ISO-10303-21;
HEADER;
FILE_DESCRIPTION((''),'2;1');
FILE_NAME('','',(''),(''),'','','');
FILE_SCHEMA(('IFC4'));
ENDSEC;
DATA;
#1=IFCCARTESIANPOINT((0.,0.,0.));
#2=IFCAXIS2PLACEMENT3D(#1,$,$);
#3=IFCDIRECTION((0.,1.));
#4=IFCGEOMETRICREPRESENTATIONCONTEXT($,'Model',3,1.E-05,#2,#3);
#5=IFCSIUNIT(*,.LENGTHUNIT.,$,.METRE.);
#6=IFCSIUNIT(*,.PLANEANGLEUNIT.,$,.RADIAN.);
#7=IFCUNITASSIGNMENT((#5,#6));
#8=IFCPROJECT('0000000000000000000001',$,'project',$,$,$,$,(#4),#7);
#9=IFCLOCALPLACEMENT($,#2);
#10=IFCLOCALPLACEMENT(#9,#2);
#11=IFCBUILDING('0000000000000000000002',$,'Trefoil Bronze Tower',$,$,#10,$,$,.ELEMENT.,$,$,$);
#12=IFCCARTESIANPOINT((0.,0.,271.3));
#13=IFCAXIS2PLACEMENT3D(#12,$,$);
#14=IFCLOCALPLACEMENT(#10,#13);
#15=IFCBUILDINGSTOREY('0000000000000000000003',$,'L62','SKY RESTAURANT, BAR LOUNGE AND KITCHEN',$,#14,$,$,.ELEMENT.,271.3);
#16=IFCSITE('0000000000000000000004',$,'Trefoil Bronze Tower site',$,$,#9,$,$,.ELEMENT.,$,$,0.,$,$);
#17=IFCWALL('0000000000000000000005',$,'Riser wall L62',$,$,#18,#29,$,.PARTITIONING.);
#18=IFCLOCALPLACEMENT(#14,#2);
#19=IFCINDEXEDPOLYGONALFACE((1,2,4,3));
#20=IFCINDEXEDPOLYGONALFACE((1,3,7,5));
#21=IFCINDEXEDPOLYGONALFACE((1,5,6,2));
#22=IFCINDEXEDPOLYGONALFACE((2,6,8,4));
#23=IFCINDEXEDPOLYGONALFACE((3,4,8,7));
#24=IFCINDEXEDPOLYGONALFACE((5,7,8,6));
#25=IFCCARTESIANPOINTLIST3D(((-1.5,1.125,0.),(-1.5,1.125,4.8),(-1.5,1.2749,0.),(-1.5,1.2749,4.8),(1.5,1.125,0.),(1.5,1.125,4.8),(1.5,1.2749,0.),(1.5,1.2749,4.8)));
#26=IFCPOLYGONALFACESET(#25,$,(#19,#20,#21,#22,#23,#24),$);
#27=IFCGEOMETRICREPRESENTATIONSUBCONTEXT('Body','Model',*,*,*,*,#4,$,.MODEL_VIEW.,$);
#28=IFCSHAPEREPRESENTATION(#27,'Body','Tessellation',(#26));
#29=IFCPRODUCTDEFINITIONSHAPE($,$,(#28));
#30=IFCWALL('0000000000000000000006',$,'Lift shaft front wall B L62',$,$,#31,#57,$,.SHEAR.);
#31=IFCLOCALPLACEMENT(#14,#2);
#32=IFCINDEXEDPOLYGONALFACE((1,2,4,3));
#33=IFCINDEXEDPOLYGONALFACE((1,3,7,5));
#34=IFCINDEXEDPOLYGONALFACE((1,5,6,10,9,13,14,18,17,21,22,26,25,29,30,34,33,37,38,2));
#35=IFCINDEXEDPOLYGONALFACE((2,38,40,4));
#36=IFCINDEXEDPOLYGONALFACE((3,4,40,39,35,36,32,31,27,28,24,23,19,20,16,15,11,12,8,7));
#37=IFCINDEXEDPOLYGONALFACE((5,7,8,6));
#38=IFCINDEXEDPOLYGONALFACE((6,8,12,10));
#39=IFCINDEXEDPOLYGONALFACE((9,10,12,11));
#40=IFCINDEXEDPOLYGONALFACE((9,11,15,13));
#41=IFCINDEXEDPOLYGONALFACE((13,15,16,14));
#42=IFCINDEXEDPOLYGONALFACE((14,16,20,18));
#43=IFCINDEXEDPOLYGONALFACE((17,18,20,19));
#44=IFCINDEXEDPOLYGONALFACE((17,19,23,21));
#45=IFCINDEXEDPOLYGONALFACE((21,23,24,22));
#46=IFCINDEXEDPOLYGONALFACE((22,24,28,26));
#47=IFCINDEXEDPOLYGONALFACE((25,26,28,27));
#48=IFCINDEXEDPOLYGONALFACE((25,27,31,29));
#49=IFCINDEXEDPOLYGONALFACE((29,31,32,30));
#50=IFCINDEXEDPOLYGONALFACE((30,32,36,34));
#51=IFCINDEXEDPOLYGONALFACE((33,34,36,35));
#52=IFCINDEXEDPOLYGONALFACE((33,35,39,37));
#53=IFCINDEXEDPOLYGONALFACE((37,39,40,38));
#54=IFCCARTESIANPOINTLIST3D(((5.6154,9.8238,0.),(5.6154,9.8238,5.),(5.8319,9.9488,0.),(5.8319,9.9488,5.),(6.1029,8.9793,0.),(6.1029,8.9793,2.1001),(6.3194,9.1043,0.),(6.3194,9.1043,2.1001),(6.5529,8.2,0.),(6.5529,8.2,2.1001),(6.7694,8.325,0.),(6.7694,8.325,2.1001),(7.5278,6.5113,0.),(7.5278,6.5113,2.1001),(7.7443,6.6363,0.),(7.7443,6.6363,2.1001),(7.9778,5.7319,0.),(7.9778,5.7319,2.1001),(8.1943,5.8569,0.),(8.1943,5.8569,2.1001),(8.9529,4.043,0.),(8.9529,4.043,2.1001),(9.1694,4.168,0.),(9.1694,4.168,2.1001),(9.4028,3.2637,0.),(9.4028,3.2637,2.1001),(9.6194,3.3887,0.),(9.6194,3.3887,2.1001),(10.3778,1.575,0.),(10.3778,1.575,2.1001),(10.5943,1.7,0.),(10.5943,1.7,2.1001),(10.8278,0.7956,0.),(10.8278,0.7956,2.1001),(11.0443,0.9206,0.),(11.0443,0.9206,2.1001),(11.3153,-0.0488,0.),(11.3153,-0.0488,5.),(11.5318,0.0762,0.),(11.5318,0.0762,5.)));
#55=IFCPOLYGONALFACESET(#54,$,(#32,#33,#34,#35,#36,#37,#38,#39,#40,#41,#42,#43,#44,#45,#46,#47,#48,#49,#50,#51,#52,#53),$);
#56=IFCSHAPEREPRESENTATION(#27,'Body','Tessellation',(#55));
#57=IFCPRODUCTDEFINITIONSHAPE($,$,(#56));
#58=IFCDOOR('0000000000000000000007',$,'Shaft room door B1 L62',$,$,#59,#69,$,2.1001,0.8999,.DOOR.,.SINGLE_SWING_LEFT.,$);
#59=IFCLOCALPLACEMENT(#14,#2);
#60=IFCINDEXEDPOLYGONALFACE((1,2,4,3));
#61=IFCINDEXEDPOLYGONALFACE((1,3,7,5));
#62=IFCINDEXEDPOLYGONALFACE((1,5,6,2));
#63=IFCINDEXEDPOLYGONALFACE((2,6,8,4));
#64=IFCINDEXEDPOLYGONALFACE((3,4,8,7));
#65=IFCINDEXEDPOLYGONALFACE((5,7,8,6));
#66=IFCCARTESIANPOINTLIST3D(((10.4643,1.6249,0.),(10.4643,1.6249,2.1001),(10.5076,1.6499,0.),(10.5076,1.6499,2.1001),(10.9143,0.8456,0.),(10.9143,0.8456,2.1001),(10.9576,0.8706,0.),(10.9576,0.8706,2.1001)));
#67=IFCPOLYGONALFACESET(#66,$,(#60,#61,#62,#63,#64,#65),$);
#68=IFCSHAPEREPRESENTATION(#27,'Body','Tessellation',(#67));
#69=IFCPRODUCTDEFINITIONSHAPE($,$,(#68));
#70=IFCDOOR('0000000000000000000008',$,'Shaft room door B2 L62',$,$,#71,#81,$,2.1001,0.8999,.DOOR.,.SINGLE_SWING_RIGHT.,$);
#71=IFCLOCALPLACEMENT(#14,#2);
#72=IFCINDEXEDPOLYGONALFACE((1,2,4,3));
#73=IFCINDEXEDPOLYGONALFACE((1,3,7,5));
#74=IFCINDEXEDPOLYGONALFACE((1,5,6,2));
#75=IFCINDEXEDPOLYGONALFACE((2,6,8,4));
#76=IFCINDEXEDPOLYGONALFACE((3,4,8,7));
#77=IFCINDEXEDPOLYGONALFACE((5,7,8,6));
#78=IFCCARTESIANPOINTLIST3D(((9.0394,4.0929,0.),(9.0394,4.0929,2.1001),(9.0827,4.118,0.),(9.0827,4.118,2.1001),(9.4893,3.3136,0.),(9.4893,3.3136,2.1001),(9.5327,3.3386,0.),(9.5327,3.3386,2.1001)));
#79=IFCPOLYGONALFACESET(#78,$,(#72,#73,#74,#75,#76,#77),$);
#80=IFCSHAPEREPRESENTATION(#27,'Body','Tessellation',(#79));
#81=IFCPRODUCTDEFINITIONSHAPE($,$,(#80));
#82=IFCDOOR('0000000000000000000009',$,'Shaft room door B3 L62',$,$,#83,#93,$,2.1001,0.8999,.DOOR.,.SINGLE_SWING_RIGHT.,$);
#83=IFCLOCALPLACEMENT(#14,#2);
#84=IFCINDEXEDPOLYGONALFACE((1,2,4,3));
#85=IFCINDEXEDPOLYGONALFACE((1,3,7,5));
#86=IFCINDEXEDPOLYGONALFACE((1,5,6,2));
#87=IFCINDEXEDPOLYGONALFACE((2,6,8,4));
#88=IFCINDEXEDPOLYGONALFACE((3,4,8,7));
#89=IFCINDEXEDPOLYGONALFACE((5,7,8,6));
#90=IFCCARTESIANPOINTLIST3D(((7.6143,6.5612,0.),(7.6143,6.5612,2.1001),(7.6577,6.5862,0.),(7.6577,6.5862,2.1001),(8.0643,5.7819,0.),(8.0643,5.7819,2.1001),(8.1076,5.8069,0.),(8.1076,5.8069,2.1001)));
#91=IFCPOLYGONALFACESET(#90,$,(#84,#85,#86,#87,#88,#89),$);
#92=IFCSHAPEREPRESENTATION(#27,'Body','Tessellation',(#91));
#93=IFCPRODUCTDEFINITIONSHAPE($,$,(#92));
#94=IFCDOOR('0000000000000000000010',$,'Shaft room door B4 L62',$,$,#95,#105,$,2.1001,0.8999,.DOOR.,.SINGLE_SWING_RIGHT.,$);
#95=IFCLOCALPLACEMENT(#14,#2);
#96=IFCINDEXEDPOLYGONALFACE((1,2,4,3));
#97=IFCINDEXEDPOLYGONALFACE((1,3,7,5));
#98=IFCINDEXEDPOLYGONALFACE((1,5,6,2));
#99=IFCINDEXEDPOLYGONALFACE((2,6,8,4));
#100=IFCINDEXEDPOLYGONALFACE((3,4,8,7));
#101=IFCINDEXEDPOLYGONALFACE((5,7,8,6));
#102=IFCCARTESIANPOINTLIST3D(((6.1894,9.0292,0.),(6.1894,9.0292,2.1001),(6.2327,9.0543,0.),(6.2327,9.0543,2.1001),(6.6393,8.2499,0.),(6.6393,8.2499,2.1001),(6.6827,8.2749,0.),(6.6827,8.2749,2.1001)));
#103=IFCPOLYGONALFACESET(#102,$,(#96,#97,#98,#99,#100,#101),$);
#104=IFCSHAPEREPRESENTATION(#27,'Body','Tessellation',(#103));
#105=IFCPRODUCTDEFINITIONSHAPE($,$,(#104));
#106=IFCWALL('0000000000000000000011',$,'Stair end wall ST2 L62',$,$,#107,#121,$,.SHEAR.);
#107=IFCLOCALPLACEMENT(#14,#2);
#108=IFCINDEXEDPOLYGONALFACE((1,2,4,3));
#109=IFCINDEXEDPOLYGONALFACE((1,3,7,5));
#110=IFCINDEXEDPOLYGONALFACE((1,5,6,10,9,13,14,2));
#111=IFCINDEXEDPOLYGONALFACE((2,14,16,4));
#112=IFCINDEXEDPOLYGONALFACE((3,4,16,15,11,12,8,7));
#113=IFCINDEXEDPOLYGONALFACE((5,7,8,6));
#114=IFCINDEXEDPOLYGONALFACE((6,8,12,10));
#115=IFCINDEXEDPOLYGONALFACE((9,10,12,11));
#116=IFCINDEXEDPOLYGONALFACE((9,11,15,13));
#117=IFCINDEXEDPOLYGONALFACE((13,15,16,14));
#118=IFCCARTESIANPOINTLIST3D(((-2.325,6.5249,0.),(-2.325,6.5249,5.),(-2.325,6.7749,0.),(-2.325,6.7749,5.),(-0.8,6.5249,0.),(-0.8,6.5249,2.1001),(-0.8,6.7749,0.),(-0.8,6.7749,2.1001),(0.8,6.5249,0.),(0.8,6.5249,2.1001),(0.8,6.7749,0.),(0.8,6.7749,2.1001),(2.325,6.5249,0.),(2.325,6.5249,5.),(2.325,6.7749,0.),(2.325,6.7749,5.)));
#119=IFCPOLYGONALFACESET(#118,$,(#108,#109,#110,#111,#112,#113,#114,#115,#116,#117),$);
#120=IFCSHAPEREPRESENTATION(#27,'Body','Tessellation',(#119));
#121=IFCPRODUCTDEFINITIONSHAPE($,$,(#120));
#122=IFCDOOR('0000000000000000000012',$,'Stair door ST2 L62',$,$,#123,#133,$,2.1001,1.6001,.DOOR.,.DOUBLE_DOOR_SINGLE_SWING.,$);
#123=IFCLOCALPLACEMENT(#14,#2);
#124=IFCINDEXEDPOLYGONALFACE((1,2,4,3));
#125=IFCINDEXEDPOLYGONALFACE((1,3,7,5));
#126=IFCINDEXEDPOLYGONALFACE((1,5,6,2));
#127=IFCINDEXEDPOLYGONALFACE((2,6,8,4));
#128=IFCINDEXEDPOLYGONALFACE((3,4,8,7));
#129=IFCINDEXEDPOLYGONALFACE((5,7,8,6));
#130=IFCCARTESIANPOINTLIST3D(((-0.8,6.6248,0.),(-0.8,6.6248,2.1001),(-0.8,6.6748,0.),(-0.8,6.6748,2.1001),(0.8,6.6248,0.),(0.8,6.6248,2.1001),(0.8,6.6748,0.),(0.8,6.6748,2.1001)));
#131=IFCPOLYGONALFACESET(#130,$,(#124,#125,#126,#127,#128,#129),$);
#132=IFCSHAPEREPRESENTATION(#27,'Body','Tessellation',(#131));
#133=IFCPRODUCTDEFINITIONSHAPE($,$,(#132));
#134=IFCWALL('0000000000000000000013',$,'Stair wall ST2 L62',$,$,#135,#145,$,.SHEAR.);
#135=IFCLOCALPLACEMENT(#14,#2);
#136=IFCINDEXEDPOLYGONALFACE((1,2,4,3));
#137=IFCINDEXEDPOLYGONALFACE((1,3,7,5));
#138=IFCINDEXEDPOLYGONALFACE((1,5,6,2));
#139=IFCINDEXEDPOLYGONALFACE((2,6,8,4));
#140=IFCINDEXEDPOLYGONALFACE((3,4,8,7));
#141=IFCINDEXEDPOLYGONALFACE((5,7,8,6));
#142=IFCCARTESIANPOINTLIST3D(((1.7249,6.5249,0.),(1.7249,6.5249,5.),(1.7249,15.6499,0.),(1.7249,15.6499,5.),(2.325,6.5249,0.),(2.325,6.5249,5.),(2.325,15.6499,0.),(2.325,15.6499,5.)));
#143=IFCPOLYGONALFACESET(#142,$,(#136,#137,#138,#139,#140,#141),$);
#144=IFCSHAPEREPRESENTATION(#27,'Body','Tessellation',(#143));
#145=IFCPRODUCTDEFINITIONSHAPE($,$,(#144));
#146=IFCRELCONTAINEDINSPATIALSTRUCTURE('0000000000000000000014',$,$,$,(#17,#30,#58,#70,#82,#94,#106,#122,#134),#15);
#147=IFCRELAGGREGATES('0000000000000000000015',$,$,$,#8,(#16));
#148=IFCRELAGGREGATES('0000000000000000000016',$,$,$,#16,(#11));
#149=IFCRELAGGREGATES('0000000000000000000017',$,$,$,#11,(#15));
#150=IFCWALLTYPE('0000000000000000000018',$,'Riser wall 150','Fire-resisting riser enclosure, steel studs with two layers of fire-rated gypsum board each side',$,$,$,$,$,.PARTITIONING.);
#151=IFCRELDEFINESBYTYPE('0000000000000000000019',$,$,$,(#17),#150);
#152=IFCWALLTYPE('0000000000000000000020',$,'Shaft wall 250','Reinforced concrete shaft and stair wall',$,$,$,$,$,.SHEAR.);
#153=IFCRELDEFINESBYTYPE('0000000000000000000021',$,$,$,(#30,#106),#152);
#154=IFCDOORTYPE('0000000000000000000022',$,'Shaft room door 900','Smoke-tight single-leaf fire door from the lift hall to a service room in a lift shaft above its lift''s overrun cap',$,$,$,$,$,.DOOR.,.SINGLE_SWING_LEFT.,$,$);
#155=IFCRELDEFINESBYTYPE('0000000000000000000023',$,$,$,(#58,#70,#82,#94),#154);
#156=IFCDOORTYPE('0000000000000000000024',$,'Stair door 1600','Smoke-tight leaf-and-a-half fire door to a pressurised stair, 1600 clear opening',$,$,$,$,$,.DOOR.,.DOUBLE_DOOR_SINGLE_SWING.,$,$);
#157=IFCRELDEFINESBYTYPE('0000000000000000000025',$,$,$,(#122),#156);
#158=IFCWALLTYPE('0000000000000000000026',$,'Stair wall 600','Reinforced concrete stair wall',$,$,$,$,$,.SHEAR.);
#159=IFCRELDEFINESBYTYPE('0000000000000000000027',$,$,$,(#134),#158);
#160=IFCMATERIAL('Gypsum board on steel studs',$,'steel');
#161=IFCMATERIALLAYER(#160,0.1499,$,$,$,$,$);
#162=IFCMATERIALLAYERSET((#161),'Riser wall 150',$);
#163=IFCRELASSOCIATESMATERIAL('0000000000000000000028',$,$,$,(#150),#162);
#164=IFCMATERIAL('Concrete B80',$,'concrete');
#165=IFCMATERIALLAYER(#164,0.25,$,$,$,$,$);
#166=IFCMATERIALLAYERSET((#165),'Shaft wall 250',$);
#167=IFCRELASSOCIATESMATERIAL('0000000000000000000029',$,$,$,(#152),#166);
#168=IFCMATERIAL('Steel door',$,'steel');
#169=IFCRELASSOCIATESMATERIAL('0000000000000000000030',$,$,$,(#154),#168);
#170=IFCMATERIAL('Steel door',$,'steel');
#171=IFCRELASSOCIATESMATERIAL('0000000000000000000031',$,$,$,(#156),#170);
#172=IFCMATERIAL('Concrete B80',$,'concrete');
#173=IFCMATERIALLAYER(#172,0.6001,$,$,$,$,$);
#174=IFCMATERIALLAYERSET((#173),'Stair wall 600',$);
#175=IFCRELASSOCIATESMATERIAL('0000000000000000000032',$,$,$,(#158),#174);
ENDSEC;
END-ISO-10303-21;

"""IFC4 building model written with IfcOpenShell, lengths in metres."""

from ifc_helpers import new_model, si_unit, direction, frame, frame_2d, origin, place, context, subcontext, project, spatial, rectangle, extrude, material, layer, layer_set, type_object, element, fill, save


model = new_model("IFC4")

# Units and contexts
model_context = context("Model", 3, precision=1e-05, world=origin(), true_north=direction((0.0, 1.0)))
body_context = subcontext(model_context, "Body", "Model", "MODEL_VIEW")
ifc_project = project(units=[si_unit("LENGTHUNIT", "METRE"), si_unit("PLANEANGLEUNIT", "RADIAN")], contexts=[model_context])

# Site, building, storey
site_placement = place(None, origin())
site = spatial("IfcSite", under=ifc_project, at=site_placement, Name="Trefoil Bronze Tower site", CompositionType="ELEMENT", RefElevation=0.0)
building_placement = place(site_placement, origin())
building = spatial("IfcBuilding", under=site, at=building_placement, Name="Trefoil Bronze Tower", CompositionType="ELEMENT")
storey_placement = place(building_placement, frame((0.0, 0.0, 271.3)))
storey = spatial("IfcBuildingStorey", under=building, at=storey_placement, Name="L62", Description="SKY RESTAURANT, BAR LOUNGE AND KITCHEN", CompositionType="ELEMENT", Elevation=271.3)

# Wall
ifc_material_1 = material(Name="Gypsum board on steel studs", Category="steel")
ifc_layer_1 = layer(ifc_material_1, 0.1499)
ifc_layer_set_1 = layer_set([ifc_layer_1], Name="Riser wall 150")
wall_type_1 = type_object("IfcWallType", Name="Riser wall 150", Description="Fire-resisting riser enclosure, steel studs with two layers of fire-rated gypsum board each side", PredefinedType="PARTITIONING", material=ifc_layer_set_1)
wall_1_placement = place(storey_placement, frame((1.5, 1.2, 0.0), z_axis=(0.0, 0.0, 1.0), x_axis=(-1.0, 0.0, 0.0)))
element("IfcWall", 1, at=wall_1_placement, inside=storey, type_object=wall_type_1, Name="Riser wall L62", PredefinedType="PARTITIONING", context=body_context, shape_type="SweptSolid", body=[
    extrude(rectangle(XDim=3.0, YDim=0.1499, at=frame_2d((1.5, 0.0))), origin(), (0.0, 0.0, 1.0), 4.8),
])

# Wall, openings, doors
ifc_material_2 = material(Name="Concrete B80", Category="concrete")
ifc_layer_2 = layer(ifc_material_2, 0.25)
ifc_layer_set_2 = layer_set([ifc_layer_2], Name="Shaft wall 250")
wall_type_2 = type_object("IfcWallType", Name="Shaft wall 250", Description="Reinforced concrete shaft and stair wall", PredefinedType="SHEAR", material=ifc_layer_set_2)
wall_2_placement = place(storey_placement, frame((11.4236, 0.0137, 0.0), z_axis=(0.0, 0.0, 1.0), x_axis=(-0.500002, 0.866024, 0.0)))
wall_2 = element("IfcWall", 2, at=wall_2_placement, inside=storey, type_object=wall_type_2, Name="Lift shaft front wall B L62", PredefinedType="SHEAR", context=body_context, shape_type="SweptSolid", body=[
    extrude(rectangle(XDim=11.3999, YDim=0.25, at=frame_2d((5.7, 0.0))), origin(), (0.0, 0.0, 1.0), 5.0),
])
opening_1_placement = place(wall_2_placement, frame((0.9751, 0.0, 0.0)))
opening_1 = element("IfcOpeningElement", 3, at=opening_1_placement, cuts=wall_2, PredefinedType="OPENING", context=body_context, shape_type="SweptSolid", body=[
    extrude(rectangle(XDim=0.8999, YDim=2.1001, at=frame_2d((0.45, 1.05))), frame((0.0, 0.135, 0.0), z_axis=(0.0, -1.0, 0.0), x_axis=(1.0, 0.0, 0.0)), (0.0, 0.0, 1.0), 0.27),
])
opening_2_placement = place(wall_2_placement, frame((3.825, 0.0, 0.0)))
opening_2 = element("IfcOpeningElement", 4, at=opening_2_placement, cuts=wall_2, PredefinedType="OPENING", context=body_context, shape_type="SweptSolid", body=[
    extrude(rectangle(XDim=0.8999, YDim=2.1001, at=frame_2d((0.45, 1.05))), frame((0.0, 0.135, 0.0), z_axis=(0.0, -1.0, 0.0), x_axis=(1.0, 0.0, 0.0)), (0.0, 0.0, 1.0), 0.27),
])
opening_3_placement = place(wall_2_placement, frame((6.675, 0.0, 0.0)))
opening_3 = element("IfcOpeningElement", 5, at=opening_3_placement, cuts=wall_2, PredefinedType="OPENING", context=body_context, shape_type="SweptSolid", body=[
    extrude(rectangle(XDim=0.8999, YDim=2.1001, at=frame_2d((0.45, 1.05))), frame((0.0, 0.135, 0.0), z_axis=(0.0, -1.0, 0.0), x_axis=(1.0, 0.0, 0.0)), (0.0, 0.0, 1.0), 0.27),
])
opening_4_placement = place(wall_2_placement, frame((9.5249, 0.0, 0.0)))
opening_4 = element("IfcOpeningElement", 6, at=opening_4_placement, cuts=wall_2, PredefinedType="OPENING", context=body_context, shape_type="SweptSolid", body=[
    extrude(rectangle(XDim=0.8999, YDim=2.1001, at=frame_2d((0.45, 1.05))), frame((0.0, 0.135, 0.0), z_axis=(0.0, -1.0, 0.0), x_axis=(1.0, 0.0, 0.0)), (0.0, 0.0, 1.0), 0.27),
])
ifc_material_3 = material(Name="Steel door", Category="steel")
door_type_1 = type_object("IfcDoorType", Name="Shaft room door 900", Description="Smoke-tight single-leaf fire door from the lift hall to a service room in a lift shaft above its lift's overrun cap", OperationType="SINGLE_SWING_LEFT", PredefinedType="DOOR", material=ifc_material_3)
door_1_placement = place(opening_1_placement, frame((0.8999, 0.0, 0.0), z_axis=(0.0, 0.0, 1.0), x_axis=(-1.0, 0.0, 0.0)))
door_1 = element("IfcDoor", 7, at=door_1_placement, inside=storey, type_object=door_type_1, Name="Shaft room door B1 L62", OperationType="SINGLE_SWING_LEFT", OverallHeight=2.1001, OverallWidth=0.8999, PredefinedType="DOOR", context=body_context, shape_type="SweptSolid", body=[
    extrude(rectangle(XDim=0.8999, YDim=2.1001, at=frame_2d((0.45, 1.05))), frame((0.0, 0.0249, 0.0), z_axis=(0.0, -1.0, 0.0), x_axis=(1.0, 0.0, 0.0)), (0.0, 0.0, 1.0), 0.05),
])
fill(opening_1, door_1)
door_2_placement = place(opening_2_placement, frame((0.8999, 0.0, 0.0), z_axis=(0.0, 0.0, 1.0), x_axis=(-1.0, 0.0, 0.0)))
door_2 = element("IfcDoor", 8, at=door_2_placement, inside=storey, type_object=door_type_1, Name="Shaft room door B2 L62", OperationType="SINGLE_SWING_RIGHT", OverallHeight=2.1001, OverallWidth=0.8999, PredefinedType="DOOR", context=body_context, shape_type="SweptSolid", body=[
    extrude(rectangle(XDim=0.8999, YDim=2.1001, at=frame_2d((0.45, 1.05))), frame((0.0, 0.0249, 0.0), z_axis=(0.0, -1.0, 0.0), x_axis=(1.0, 0.0, 0.0)), (0.0, 0.0, 1.0), 0.05),
])
fill(opening_2, door_2)
door_3_placement = place(opening_3_placement, frame((0.8999, 0.0, 0.0), z_axis=(0.0, 0.0, 1.0), x_axis=(-1.0, 0.0, 0.0)))
door_3 = element("IfcDoor", 9, at=door_3_placement, inside=storey, type_object=door_type_1, Name="Shaft room door B3 L62", OperationType="SINGLE_SWING_RIGHT", OverallHeight=2.1001, OverallWidth=0.8999, PredefinedType="DOOR", context=body_context, shape_type="SweptSolid", body=[
    extrude(rectangle(XDim=0.8999, YDim=2.1001, at=frame_2d((0.45, 1.05))), frame((0.0, 0.0249, 0.0), z_axis=(0.0, -1.0, 0.0), x_axis=(1.0, 0.0, 0.0)), (0.0, 0.0, 1.0), 0.05),
])
fill(opening_3, door_3)
door_4_placement = place(opening_4_placement, frame((0.8999, 0.0, 0.0), z_axis=(0.0, 0.0, 1.0), x_axis=(-1.0, 0.0, 0.0)))
door_4 = element("IfcDoor", 10, at=door_4_placement, inside=storey, type_object=door_type_1, Name="Shaft room door B4 L62", OperationType="SINGLE_SWING_RIGHT", OverallHeight=2.1001, OverallWidth=0.8999, PredefinedType="DOOR", context=body_context, shape_type="SweptSolid", body=[
    extrude(rectangle(XDim=0.8999, YDim=2.1001, at=frame_2d((0.45, 1.05))), frame((0.0, 0.0249, 0.0), z_axis=(0.0, -1.0, 0.0), x_axis=(1.0, 0.0, 0.0)), (0.0, 0.0, 1.0), 0.05),
])
fill(opening_4, door_4)

# Wall, opening, door
wall_3_placement = place(storey_placement, frame((2.325, 6.6499, 0.0), z_axis=(0.0, 0.0, 1.0), x_axis=(-1.0, 0.0, 0.0)))
wall_3 = element("IfcWall", 11, at=wall_3_placement, inside=storey, type_object=wall_type_2, Name="Stair end wall ST2 L62", PredefinedType="SHEAR", context=body_context, shape_type="SweptSolid", body=[
    extrude(rectangle(XDim=4.6499, YDim=0.25, at=frame_2d((2.325, 0.0))), origin(), (0.0, 0.0, 1.0), 5.0),
])
opening_5_placement = place(wall_3_placement, frame((1.5249, 0.0, 0.0)))
opening_5 = element("IfcOpeningElement", 12, at=opening_5_placement, cuts=wall_3, PredefinedType="OPENING", context=body_context, shape_type="SweptSolid", body=[
    extrude(rectangle(XDim=1.6001, YDim=2.1001, at=frame_2d((0.8, 1.05))), frame((0.0, 0.135, 0.0), z_axis=(0.0, -1.0, 0.0), x_axis=(1.0, 0.0, 0.0)), (0.0, 0.0, 1.0), 0.27),
])
ifc_material_4 = material(Name="Steel door", Category="steel")
door_type_2 = type_object("IfcDoorType", Name="Stair door 1600", Description="Smoke-tight leaf-and-a-half fire door to a pressurised stair, 1600 clear opening", OperationType="DOUBLE_DOOR_SINGLE_SWING", PredefinedType="DOOR", material=ifc_material_4)
door_5_placement = place(opening_5_placement, frame((1.6001, 0.0, 0.0), z_axis=(0.0, 0.0, 1.0), x_axis=(-1.0, 0.0, 0.0)))
door_5 = element("IfcDoor", 13, at=door_5_placement, inside=storey, type_object=door_type_2, Name="Stair door ST2 L62", OperationType="DOUBLE_DOOR_SINGLE_SWING", OverallHeight=2.1001, OverallWidth=1.6001, PredefinedType="DOOR", context=body_context, shape_type="SweptSolid", body=[
    extrude(rectangle(XDim=1.6001, YDim=2.1001, at=frame_2d((0.8, 1.05))), frame((0.0, 0.0249, 0.0), z_axis=(0.0, -1.0, 0.0), x_axis=(1.0, 0.0, 0.0)), (0.0, 0.0, 1.0), 0.05),
])
fill(opening_5, door_5)

# Wall
ifc_material_5 = material(Name="Concrete B80", Category="concrete")
ifc_layer_3 = layer(ifc_material_5, 0.6001)
ifc_layer_set_3 = layer_set([ifc_layer_3], Name="Stair wall 600")
wall_type_3 = type_object("IfcWallType", Name="Stair wall 600", Description="Reinforced concrete stair wall", PredefinedType="SHEAR", material=ifc_layer_set_3)
wall_4_placement = place(storey_placement, frame((2.0249, 6.5249, 0.0), z_axis=(0.0, 0.0, 1.0), x_axis=(0.0, 1.0, 0.0)))
element("IfcWall", 14, at=wall_4_placement, inside=storey, type_object=wall_type_3, Name="Stair wall ST2 L62", PredefinedType="SHEAR", context=body_context, shape_type="SweptSolid", body=[
    extrude(rectangle(XDim=9.125, YDim=0.6001, at=frame_2d((4.5625, 0.0))), origin(), (0.0, 0.0, 1.0), 5.0),
])

save(model, "model.ifc")
